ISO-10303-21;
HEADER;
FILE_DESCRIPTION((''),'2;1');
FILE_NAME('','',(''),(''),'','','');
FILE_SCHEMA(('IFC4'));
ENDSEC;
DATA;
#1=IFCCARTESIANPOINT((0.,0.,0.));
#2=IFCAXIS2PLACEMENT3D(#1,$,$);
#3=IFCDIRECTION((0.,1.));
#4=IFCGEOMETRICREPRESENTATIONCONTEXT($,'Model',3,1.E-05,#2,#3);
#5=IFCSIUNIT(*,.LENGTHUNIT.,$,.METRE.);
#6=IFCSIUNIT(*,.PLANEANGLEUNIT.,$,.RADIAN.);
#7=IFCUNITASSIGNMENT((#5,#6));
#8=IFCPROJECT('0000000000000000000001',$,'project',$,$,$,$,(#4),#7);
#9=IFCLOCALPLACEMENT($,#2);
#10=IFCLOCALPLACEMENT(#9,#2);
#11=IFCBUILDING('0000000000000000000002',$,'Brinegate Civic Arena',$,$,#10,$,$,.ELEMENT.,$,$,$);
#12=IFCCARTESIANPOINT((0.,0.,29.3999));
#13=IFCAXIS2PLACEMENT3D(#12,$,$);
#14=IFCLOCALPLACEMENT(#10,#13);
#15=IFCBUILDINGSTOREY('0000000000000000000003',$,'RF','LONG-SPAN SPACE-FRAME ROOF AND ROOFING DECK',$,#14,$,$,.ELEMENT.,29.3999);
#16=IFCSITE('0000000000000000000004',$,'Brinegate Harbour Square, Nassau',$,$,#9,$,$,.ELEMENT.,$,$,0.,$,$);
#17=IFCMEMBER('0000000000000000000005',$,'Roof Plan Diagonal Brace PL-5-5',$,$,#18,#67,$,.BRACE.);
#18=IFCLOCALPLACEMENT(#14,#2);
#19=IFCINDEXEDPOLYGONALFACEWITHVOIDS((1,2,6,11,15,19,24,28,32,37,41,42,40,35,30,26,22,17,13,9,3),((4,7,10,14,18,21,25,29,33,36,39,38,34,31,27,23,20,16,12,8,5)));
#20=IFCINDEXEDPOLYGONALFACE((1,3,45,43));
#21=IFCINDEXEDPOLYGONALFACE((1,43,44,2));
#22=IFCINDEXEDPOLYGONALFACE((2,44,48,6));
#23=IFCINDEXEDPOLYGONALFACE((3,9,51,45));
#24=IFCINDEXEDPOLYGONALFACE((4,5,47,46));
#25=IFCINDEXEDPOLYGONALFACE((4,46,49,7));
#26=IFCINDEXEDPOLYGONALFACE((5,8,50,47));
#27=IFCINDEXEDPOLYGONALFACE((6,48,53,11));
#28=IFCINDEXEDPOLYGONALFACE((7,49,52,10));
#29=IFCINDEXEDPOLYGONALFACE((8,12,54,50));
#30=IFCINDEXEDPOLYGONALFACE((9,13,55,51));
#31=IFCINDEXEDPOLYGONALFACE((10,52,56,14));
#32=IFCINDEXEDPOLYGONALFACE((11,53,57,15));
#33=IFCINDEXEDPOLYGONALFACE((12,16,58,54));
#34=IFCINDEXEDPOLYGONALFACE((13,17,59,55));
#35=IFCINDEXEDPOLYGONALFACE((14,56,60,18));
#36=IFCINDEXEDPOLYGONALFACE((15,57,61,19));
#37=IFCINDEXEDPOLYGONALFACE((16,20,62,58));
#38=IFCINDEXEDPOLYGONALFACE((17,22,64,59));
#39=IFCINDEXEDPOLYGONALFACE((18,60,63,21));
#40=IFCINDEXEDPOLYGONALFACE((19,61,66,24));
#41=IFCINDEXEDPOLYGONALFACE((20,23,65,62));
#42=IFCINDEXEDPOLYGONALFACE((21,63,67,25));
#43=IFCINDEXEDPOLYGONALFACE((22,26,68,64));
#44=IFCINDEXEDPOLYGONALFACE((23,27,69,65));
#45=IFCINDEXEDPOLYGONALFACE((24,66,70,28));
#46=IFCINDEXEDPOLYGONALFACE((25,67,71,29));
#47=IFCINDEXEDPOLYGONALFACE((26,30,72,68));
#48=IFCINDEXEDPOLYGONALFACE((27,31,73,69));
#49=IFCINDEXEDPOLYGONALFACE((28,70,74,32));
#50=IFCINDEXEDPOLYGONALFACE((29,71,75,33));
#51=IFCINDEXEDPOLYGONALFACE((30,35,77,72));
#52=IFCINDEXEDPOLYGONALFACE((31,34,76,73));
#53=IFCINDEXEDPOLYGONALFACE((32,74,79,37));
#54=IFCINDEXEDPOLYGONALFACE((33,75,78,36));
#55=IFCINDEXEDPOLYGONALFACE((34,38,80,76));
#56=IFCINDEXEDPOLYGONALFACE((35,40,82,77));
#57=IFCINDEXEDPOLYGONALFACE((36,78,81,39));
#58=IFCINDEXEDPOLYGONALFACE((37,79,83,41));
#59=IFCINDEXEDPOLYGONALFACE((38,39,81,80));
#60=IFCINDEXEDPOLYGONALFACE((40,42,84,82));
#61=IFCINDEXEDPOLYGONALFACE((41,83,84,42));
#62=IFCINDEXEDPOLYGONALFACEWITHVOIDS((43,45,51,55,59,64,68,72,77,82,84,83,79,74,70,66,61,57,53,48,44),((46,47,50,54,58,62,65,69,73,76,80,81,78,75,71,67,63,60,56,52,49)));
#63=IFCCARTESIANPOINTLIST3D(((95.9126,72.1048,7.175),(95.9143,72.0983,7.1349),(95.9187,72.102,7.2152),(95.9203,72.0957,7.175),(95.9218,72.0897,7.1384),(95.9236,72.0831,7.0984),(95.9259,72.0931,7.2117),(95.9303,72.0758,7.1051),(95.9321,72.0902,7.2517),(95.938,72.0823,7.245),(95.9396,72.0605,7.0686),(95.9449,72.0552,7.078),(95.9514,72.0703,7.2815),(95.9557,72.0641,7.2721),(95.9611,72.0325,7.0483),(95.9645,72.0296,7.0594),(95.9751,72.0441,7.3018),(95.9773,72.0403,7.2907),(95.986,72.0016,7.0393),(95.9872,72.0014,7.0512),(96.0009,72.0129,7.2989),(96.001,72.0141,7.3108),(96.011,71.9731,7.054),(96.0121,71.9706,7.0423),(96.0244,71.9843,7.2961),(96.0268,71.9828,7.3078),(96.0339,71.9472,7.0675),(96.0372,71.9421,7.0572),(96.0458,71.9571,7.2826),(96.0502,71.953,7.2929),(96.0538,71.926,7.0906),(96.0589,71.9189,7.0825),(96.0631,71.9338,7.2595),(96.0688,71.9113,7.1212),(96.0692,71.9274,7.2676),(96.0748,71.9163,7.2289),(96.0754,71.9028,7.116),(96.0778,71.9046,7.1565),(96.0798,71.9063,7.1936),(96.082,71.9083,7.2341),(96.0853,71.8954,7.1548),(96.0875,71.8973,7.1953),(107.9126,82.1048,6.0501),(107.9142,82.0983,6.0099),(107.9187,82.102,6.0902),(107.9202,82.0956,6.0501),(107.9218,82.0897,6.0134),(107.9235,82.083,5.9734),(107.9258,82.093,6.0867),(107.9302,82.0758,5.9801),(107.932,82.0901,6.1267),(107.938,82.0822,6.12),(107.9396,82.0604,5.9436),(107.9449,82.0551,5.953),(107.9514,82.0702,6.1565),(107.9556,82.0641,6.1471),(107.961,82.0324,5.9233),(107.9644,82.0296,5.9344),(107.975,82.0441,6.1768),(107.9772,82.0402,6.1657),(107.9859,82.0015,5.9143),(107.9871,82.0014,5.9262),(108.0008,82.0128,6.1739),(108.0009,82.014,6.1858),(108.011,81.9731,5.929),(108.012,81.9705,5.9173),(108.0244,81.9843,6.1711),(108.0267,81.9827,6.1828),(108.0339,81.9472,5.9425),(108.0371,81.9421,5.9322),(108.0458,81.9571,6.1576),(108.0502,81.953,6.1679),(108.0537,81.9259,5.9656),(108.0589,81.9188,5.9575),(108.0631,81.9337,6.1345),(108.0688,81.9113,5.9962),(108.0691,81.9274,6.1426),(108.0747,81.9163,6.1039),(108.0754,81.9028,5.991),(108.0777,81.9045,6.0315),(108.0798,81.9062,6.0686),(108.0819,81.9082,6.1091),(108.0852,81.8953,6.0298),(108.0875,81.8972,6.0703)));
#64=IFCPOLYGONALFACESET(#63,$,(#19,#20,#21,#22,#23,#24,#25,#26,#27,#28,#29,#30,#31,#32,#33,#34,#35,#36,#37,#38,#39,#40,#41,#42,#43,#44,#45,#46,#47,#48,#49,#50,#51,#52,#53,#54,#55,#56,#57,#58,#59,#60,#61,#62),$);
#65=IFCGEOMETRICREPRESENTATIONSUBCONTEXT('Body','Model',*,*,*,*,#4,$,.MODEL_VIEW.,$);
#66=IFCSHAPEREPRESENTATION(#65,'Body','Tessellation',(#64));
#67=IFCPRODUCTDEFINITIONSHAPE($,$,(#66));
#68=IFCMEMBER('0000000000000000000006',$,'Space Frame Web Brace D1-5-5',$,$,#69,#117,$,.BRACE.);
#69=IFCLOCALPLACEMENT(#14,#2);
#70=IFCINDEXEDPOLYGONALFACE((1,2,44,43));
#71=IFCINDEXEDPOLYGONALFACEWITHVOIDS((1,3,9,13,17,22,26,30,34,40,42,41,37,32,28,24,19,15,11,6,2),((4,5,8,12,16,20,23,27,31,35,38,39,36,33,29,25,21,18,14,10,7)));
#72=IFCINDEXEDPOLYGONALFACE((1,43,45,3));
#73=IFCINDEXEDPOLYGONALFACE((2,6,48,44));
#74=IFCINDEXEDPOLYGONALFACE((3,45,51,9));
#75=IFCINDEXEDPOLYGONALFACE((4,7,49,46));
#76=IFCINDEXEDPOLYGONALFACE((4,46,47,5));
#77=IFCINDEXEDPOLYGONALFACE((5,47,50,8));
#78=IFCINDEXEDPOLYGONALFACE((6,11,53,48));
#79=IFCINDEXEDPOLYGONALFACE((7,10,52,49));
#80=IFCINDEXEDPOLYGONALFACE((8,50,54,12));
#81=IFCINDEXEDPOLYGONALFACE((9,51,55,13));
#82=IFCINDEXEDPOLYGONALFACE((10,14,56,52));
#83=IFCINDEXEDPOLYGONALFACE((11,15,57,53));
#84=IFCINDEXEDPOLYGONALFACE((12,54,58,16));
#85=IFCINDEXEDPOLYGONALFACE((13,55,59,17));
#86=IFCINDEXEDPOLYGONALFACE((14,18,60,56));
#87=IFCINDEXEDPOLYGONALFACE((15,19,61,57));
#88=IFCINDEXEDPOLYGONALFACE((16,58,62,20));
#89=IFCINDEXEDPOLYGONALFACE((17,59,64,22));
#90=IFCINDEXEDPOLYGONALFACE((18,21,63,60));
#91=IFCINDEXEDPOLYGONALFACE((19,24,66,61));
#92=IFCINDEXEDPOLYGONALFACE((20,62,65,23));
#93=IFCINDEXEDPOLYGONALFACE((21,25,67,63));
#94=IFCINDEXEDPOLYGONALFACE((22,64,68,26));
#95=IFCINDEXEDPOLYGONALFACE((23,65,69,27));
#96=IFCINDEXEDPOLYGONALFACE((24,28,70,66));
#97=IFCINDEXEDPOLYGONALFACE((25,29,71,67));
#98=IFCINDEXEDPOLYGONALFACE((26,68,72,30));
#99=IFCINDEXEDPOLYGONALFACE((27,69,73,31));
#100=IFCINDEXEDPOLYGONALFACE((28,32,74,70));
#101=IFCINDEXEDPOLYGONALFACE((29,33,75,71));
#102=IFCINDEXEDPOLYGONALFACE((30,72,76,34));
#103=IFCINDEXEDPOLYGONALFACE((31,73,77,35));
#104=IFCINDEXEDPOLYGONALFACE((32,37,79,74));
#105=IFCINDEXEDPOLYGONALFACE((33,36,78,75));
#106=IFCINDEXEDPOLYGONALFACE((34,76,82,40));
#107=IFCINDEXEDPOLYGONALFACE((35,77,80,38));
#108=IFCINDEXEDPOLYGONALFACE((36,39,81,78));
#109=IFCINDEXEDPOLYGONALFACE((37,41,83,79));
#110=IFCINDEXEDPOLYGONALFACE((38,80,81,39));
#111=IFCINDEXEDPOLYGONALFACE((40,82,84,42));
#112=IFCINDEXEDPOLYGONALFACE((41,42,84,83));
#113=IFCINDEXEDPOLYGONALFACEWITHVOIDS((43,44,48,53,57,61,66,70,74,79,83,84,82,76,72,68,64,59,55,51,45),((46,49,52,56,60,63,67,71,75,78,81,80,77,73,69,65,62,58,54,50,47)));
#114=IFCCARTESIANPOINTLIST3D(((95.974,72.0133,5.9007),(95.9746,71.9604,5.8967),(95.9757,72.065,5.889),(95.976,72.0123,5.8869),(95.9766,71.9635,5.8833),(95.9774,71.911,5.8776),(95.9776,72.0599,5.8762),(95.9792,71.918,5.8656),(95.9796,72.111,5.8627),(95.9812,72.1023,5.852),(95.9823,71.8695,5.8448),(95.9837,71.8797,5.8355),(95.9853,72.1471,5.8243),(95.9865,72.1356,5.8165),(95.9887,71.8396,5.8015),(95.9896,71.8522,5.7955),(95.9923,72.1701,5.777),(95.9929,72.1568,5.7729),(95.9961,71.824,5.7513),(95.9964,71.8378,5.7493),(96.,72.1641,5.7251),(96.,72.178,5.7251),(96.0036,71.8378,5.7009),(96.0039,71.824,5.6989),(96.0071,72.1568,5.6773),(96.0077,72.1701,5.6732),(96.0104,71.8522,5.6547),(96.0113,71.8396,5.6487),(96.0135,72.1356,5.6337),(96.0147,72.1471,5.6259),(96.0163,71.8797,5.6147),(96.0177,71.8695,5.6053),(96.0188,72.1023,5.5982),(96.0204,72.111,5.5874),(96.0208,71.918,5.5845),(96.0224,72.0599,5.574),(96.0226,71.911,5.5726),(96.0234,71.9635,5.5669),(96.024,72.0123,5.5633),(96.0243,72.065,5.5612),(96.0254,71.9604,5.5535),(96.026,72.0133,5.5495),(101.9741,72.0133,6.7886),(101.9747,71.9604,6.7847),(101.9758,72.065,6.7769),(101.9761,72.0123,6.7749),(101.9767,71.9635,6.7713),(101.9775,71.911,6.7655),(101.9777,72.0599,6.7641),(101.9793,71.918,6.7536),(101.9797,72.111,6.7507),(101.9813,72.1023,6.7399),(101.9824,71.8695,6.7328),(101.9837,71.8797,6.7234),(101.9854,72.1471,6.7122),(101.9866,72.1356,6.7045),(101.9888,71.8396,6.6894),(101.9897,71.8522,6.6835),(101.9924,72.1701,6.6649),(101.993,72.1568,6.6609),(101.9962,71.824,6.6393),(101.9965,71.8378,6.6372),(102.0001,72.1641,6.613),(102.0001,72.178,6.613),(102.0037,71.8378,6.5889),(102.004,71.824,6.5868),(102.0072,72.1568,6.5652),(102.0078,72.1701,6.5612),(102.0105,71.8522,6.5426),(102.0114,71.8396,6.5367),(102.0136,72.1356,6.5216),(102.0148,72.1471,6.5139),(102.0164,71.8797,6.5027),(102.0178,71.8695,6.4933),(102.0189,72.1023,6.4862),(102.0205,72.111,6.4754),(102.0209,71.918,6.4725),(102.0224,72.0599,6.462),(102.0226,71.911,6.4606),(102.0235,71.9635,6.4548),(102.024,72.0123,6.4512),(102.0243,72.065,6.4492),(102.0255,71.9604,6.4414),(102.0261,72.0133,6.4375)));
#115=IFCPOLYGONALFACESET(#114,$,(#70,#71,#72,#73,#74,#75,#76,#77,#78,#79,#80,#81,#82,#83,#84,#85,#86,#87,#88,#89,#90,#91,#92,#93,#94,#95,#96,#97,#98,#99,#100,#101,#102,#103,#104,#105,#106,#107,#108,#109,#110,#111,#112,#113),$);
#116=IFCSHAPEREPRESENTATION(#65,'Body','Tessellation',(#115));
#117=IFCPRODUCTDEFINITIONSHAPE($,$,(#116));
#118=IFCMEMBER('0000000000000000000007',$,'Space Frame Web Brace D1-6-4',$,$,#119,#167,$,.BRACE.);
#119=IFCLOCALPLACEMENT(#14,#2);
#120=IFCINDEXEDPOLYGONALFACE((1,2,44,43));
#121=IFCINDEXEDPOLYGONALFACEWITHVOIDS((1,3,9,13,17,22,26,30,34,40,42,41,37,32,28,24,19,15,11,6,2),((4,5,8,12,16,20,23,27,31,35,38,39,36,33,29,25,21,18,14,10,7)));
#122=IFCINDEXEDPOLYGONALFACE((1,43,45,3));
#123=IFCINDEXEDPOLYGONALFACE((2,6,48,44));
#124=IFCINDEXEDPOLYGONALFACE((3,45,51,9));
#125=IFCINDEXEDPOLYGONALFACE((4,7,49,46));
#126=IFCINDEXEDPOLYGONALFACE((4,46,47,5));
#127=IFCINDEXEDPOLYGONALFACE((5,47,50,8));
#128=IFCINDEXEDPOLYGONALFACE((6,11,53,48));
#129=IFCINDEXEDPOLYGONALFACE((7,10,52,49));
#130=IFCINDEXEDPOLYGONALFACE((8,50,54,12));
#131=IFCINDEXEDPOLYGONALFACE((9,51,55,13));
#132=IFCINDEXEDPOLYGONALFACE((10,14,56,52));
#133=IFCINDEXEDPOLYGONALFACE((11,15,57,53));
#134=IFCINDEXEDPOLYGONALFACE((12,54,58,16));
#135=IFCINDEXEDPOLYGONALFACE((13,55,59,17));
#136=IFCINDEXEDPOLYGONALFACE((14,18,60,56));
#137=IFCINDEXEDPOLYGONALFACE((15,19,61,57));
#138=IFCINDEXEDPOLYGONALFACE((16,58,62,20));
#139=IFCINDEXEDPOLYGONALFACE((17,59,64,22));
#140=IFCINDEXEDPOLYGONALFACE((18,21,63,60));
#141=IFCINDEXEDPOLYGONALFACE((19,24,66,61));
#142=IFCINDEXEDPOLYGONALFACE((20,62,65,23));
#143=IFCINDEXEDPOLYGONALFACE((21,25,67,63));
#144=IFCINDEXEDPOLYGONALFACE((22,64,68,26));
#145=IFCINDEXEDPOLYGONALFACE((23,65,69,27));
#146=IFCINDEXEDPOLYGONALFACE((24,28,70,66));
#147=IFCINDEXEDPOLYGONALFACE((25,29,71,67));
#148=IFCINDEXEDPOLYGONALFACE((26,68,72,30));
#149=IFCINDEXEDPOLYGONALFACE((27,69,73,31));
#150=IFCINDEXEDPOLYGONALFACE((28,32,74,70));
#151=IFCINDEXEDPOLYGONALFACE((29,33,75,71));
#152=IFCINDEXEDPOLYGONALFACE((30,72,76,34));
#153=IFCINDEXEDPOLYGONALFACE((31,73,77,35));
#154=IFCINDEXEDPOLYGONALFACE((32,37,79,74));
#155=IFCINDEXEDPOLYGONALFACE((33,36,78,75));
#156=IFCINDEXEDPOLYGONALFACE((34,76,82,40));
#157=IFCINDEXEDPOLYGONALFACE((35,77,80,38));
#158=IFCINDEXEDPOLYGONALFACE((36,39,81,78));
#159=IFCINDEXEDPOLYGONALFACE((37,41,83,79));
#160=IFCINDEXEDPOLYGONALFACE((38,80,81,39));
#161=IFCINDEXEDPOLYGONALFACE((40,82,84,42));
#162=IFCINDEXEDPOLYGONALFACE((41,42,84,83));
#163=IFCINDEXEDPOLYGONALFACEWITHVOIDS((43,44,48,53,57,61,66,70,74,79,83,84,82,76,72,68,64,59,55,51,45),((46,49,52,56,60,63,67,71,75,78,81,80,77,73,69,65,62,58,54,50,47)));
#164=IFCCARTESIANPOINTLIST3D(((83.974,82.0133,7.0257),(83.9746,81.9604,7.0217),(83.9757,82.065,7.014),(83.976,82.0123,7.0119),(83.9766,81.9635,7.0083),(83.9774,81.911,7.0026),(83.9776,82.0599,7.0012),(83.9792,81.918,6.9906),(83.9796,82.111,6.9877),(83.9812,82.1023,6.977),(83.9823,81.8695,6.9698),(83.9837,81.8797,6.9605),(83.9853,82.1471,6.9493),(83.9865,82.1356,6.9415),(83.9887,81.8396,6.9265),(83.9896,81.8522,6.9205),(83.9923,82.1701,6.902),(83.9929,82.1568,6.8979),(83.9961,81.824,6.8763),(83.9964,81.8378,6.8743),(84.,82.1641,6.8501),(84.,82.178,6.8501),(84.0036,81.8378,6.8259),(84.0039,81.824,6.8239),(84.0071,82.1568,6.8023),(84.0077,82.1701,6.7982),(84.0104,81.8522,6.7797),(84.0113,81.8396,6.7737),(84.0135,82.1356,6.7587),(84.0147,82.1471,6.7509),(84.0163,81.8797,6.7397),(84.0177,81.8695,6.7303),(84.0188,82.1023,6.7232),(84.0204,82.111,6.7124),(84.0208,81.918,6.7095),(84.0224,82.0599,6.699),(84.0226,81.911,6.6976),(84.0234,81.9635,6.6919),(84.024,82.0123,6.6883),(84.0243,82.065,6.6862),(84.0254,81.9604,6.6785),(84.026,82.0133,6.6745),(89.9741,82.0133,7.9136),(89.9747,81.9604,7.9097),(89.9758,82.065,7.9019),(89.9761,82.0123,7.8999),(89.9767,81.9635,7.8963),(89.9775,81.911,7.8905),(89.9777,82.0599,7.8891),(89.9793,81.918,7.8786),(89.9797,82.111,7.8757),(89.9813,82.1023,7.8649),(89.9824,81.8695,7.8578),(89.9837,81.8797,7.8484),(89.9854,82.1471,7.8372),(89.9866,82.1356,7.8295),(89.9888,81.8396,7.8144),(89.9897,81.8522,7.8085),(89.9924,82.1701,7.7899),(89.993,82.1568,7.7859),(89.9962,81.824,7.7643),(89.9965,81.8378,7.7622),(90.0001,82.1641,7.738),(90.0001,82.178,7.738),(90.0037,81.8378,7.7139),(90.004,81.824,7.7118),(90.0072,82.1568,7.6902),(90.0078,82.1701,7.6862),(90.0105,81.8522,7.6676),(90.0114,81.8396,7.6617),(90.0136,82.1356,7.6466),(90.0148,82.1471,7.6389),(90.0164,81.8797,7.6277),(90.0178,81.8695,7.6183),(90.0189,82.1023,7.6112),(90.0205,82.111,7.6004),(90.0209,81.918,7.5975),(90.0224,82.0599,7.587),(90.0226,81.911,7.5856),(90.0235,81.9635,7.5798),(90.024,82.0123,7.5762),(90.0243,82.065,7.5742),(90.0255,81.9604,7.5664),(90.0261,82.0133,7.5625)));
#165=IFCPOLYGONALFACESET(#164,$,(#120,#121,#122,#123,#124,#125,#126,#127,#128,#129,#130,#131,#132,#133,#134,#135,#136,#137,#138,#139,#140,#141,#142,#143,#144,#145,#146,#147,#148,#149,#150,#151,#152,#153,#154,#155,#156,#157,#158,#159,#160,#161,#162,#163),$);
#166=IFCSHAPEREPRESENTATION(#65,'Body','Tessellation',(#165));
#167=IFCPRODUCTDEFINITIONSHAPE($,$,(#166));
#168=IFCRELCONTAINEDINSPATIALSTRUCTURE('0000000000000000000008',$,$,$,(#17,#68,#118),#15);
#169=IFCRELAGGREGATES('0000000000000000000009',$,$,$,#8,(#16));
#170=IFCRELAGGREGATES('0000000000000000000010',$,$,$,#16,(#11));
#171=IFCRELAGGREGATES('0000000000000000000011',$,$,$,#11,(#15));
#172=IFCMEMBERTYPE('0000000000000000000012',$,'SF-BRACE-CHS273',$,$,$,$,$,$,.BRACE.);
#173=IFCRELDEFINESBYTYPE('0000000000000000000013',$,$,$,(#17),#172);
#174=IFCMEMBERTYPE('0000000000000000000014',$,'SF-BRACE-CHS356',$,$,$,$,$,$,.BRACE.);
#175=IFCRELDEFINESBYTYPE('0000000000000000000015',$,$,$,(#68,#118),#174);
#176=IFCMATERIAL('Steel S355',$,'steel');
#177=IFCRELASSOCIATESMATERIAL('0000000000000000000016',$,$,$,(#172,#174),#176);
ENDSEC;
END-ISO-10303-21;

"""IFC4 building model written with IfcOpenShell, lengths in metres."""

from ifc_helpers import new_model, si_unit, direction, frame, origin, origin_2d, place, context, subcontext, project, spatial, hollow_circle, extrude, material, material_profile, profile_set, type_object, element, save


model = new_model("IFC4")

# Units and contexts
model_context = context("Model", 3, precision=1e-05, world=origin(), true_north=direction((0.0, 1.0)))
body_context = subcontext(model_context, "Body", "Model", "MODEL_VIEW")
ifc_project = project(units=[si_unit("LENGTHUNIT", "METRE"), si_unit("PLANEANGLEUNIT", "RADIAN")], contexts=[model_context])

# Site, building, storey
site_placement = place(None, origin())
site = spatial("IfcSite", under=ifc_project, at=site_placement, Name="Brinegate Harbour Square, Nassau", CompositionType="ELEMENT", RefElevation=0.0)
building_placement = place(site_placement, origin())
building = spatial("IfcBuilding", under=site, at=building_placement, Name="Brinegate Civic Arena", CompositionType="ELEMENT")
storey_placement = place(building_placement, frame((0.0, 0.0, 29.3999)))
storey = spatial("IfcBuildingStorey", under=building, at=storey_placement, Name="RF", Description="LONG-SPAN SPACE-FRAME ROOF AND ROOFING DECK", CompositionType="ELEMENT", Elevation=29.3999)

# Members
ifc_material = material(Name="Steel S355", Category="steel")
ifc_material_profile_1 = material_profile(ifc_material, hollow_circle(Radius=0.1365, WallThickness=0.012, at=origin_2d()), Name="CHS273X12")
ifc_profile_set_1 = profile_set([ifc_material_profile_1], Name="Steel S355")
member_type_1 = type_object("IfcMemberType", Name="SF-BRACE-CHS273", PredefinedType="BRACE", material=ifc_profile_set_1)
member_1_placement = place(storey_placement, frame((96.0, 72.0, 7.175), z_axis=(0.766237, 0.638531, -0.071835), x_axis=(-0.640184, 0.768221, 0.0)))
element("IfcMember", 1, at=member_1_placement, inside=storey, type_object=member_type_1, Name="Roof Plan Diagonal Brace PL-5-5", PredefinedType="BRACE", context=body_context, shape_type="SweptSolid", body=[
    extrude(hollow_circle(Radius=0.1365, WallThickness=0.012, at=origin_2d()), origin(), (0.0, 0.0, 1.0), 15.6609),
])
ifc_material_profile_2 = material_profile(ifc_material, hollow_circle(Radius=0.178, WallThickness=0.0139, at=origin_2d()), Name="CHS356X14")
ifc_profile_set_2 = profile_set([ifc_material_profile_2], Name="Steel S355")
member_type_2 = type_object("IfcMemberType", Name="SF-BRACE-CHS356", PredefinedType="BRACE", material=ifc_profile_set_2)
for number, where, z_axis, x_axis, name in (
    (2, (96.0, 72.0, 5.7251), (0.989226, 0.0, 0.146395), (0.0, 1.0, 0.0), "Space Frame Web Brace D1-5-5"),
    (3, (84.0, 82.0, 6.8501), (0.989226, 0.0, 0.146395), (0.0, 1.0, 0.0), "Space Frame Web Brace D1-6-4"),
):
    element("IfcMember", number, at=place(storey_placement, frame(where, z_axis=z_axis, x_axis=x_axis)), inside=storey, type_object=member_type_2, Name=name, PredefinedType="BRACE", context=body_context, shape_type="SweptSolid", body=[
        extrude(hollow_circle(Radius=0.178, WallThickness=0.0139, at=origin_2d()), origin(), (0.0, 0.0, 1.0), 6.0654),
    ])

save(model, "model.ifc")
